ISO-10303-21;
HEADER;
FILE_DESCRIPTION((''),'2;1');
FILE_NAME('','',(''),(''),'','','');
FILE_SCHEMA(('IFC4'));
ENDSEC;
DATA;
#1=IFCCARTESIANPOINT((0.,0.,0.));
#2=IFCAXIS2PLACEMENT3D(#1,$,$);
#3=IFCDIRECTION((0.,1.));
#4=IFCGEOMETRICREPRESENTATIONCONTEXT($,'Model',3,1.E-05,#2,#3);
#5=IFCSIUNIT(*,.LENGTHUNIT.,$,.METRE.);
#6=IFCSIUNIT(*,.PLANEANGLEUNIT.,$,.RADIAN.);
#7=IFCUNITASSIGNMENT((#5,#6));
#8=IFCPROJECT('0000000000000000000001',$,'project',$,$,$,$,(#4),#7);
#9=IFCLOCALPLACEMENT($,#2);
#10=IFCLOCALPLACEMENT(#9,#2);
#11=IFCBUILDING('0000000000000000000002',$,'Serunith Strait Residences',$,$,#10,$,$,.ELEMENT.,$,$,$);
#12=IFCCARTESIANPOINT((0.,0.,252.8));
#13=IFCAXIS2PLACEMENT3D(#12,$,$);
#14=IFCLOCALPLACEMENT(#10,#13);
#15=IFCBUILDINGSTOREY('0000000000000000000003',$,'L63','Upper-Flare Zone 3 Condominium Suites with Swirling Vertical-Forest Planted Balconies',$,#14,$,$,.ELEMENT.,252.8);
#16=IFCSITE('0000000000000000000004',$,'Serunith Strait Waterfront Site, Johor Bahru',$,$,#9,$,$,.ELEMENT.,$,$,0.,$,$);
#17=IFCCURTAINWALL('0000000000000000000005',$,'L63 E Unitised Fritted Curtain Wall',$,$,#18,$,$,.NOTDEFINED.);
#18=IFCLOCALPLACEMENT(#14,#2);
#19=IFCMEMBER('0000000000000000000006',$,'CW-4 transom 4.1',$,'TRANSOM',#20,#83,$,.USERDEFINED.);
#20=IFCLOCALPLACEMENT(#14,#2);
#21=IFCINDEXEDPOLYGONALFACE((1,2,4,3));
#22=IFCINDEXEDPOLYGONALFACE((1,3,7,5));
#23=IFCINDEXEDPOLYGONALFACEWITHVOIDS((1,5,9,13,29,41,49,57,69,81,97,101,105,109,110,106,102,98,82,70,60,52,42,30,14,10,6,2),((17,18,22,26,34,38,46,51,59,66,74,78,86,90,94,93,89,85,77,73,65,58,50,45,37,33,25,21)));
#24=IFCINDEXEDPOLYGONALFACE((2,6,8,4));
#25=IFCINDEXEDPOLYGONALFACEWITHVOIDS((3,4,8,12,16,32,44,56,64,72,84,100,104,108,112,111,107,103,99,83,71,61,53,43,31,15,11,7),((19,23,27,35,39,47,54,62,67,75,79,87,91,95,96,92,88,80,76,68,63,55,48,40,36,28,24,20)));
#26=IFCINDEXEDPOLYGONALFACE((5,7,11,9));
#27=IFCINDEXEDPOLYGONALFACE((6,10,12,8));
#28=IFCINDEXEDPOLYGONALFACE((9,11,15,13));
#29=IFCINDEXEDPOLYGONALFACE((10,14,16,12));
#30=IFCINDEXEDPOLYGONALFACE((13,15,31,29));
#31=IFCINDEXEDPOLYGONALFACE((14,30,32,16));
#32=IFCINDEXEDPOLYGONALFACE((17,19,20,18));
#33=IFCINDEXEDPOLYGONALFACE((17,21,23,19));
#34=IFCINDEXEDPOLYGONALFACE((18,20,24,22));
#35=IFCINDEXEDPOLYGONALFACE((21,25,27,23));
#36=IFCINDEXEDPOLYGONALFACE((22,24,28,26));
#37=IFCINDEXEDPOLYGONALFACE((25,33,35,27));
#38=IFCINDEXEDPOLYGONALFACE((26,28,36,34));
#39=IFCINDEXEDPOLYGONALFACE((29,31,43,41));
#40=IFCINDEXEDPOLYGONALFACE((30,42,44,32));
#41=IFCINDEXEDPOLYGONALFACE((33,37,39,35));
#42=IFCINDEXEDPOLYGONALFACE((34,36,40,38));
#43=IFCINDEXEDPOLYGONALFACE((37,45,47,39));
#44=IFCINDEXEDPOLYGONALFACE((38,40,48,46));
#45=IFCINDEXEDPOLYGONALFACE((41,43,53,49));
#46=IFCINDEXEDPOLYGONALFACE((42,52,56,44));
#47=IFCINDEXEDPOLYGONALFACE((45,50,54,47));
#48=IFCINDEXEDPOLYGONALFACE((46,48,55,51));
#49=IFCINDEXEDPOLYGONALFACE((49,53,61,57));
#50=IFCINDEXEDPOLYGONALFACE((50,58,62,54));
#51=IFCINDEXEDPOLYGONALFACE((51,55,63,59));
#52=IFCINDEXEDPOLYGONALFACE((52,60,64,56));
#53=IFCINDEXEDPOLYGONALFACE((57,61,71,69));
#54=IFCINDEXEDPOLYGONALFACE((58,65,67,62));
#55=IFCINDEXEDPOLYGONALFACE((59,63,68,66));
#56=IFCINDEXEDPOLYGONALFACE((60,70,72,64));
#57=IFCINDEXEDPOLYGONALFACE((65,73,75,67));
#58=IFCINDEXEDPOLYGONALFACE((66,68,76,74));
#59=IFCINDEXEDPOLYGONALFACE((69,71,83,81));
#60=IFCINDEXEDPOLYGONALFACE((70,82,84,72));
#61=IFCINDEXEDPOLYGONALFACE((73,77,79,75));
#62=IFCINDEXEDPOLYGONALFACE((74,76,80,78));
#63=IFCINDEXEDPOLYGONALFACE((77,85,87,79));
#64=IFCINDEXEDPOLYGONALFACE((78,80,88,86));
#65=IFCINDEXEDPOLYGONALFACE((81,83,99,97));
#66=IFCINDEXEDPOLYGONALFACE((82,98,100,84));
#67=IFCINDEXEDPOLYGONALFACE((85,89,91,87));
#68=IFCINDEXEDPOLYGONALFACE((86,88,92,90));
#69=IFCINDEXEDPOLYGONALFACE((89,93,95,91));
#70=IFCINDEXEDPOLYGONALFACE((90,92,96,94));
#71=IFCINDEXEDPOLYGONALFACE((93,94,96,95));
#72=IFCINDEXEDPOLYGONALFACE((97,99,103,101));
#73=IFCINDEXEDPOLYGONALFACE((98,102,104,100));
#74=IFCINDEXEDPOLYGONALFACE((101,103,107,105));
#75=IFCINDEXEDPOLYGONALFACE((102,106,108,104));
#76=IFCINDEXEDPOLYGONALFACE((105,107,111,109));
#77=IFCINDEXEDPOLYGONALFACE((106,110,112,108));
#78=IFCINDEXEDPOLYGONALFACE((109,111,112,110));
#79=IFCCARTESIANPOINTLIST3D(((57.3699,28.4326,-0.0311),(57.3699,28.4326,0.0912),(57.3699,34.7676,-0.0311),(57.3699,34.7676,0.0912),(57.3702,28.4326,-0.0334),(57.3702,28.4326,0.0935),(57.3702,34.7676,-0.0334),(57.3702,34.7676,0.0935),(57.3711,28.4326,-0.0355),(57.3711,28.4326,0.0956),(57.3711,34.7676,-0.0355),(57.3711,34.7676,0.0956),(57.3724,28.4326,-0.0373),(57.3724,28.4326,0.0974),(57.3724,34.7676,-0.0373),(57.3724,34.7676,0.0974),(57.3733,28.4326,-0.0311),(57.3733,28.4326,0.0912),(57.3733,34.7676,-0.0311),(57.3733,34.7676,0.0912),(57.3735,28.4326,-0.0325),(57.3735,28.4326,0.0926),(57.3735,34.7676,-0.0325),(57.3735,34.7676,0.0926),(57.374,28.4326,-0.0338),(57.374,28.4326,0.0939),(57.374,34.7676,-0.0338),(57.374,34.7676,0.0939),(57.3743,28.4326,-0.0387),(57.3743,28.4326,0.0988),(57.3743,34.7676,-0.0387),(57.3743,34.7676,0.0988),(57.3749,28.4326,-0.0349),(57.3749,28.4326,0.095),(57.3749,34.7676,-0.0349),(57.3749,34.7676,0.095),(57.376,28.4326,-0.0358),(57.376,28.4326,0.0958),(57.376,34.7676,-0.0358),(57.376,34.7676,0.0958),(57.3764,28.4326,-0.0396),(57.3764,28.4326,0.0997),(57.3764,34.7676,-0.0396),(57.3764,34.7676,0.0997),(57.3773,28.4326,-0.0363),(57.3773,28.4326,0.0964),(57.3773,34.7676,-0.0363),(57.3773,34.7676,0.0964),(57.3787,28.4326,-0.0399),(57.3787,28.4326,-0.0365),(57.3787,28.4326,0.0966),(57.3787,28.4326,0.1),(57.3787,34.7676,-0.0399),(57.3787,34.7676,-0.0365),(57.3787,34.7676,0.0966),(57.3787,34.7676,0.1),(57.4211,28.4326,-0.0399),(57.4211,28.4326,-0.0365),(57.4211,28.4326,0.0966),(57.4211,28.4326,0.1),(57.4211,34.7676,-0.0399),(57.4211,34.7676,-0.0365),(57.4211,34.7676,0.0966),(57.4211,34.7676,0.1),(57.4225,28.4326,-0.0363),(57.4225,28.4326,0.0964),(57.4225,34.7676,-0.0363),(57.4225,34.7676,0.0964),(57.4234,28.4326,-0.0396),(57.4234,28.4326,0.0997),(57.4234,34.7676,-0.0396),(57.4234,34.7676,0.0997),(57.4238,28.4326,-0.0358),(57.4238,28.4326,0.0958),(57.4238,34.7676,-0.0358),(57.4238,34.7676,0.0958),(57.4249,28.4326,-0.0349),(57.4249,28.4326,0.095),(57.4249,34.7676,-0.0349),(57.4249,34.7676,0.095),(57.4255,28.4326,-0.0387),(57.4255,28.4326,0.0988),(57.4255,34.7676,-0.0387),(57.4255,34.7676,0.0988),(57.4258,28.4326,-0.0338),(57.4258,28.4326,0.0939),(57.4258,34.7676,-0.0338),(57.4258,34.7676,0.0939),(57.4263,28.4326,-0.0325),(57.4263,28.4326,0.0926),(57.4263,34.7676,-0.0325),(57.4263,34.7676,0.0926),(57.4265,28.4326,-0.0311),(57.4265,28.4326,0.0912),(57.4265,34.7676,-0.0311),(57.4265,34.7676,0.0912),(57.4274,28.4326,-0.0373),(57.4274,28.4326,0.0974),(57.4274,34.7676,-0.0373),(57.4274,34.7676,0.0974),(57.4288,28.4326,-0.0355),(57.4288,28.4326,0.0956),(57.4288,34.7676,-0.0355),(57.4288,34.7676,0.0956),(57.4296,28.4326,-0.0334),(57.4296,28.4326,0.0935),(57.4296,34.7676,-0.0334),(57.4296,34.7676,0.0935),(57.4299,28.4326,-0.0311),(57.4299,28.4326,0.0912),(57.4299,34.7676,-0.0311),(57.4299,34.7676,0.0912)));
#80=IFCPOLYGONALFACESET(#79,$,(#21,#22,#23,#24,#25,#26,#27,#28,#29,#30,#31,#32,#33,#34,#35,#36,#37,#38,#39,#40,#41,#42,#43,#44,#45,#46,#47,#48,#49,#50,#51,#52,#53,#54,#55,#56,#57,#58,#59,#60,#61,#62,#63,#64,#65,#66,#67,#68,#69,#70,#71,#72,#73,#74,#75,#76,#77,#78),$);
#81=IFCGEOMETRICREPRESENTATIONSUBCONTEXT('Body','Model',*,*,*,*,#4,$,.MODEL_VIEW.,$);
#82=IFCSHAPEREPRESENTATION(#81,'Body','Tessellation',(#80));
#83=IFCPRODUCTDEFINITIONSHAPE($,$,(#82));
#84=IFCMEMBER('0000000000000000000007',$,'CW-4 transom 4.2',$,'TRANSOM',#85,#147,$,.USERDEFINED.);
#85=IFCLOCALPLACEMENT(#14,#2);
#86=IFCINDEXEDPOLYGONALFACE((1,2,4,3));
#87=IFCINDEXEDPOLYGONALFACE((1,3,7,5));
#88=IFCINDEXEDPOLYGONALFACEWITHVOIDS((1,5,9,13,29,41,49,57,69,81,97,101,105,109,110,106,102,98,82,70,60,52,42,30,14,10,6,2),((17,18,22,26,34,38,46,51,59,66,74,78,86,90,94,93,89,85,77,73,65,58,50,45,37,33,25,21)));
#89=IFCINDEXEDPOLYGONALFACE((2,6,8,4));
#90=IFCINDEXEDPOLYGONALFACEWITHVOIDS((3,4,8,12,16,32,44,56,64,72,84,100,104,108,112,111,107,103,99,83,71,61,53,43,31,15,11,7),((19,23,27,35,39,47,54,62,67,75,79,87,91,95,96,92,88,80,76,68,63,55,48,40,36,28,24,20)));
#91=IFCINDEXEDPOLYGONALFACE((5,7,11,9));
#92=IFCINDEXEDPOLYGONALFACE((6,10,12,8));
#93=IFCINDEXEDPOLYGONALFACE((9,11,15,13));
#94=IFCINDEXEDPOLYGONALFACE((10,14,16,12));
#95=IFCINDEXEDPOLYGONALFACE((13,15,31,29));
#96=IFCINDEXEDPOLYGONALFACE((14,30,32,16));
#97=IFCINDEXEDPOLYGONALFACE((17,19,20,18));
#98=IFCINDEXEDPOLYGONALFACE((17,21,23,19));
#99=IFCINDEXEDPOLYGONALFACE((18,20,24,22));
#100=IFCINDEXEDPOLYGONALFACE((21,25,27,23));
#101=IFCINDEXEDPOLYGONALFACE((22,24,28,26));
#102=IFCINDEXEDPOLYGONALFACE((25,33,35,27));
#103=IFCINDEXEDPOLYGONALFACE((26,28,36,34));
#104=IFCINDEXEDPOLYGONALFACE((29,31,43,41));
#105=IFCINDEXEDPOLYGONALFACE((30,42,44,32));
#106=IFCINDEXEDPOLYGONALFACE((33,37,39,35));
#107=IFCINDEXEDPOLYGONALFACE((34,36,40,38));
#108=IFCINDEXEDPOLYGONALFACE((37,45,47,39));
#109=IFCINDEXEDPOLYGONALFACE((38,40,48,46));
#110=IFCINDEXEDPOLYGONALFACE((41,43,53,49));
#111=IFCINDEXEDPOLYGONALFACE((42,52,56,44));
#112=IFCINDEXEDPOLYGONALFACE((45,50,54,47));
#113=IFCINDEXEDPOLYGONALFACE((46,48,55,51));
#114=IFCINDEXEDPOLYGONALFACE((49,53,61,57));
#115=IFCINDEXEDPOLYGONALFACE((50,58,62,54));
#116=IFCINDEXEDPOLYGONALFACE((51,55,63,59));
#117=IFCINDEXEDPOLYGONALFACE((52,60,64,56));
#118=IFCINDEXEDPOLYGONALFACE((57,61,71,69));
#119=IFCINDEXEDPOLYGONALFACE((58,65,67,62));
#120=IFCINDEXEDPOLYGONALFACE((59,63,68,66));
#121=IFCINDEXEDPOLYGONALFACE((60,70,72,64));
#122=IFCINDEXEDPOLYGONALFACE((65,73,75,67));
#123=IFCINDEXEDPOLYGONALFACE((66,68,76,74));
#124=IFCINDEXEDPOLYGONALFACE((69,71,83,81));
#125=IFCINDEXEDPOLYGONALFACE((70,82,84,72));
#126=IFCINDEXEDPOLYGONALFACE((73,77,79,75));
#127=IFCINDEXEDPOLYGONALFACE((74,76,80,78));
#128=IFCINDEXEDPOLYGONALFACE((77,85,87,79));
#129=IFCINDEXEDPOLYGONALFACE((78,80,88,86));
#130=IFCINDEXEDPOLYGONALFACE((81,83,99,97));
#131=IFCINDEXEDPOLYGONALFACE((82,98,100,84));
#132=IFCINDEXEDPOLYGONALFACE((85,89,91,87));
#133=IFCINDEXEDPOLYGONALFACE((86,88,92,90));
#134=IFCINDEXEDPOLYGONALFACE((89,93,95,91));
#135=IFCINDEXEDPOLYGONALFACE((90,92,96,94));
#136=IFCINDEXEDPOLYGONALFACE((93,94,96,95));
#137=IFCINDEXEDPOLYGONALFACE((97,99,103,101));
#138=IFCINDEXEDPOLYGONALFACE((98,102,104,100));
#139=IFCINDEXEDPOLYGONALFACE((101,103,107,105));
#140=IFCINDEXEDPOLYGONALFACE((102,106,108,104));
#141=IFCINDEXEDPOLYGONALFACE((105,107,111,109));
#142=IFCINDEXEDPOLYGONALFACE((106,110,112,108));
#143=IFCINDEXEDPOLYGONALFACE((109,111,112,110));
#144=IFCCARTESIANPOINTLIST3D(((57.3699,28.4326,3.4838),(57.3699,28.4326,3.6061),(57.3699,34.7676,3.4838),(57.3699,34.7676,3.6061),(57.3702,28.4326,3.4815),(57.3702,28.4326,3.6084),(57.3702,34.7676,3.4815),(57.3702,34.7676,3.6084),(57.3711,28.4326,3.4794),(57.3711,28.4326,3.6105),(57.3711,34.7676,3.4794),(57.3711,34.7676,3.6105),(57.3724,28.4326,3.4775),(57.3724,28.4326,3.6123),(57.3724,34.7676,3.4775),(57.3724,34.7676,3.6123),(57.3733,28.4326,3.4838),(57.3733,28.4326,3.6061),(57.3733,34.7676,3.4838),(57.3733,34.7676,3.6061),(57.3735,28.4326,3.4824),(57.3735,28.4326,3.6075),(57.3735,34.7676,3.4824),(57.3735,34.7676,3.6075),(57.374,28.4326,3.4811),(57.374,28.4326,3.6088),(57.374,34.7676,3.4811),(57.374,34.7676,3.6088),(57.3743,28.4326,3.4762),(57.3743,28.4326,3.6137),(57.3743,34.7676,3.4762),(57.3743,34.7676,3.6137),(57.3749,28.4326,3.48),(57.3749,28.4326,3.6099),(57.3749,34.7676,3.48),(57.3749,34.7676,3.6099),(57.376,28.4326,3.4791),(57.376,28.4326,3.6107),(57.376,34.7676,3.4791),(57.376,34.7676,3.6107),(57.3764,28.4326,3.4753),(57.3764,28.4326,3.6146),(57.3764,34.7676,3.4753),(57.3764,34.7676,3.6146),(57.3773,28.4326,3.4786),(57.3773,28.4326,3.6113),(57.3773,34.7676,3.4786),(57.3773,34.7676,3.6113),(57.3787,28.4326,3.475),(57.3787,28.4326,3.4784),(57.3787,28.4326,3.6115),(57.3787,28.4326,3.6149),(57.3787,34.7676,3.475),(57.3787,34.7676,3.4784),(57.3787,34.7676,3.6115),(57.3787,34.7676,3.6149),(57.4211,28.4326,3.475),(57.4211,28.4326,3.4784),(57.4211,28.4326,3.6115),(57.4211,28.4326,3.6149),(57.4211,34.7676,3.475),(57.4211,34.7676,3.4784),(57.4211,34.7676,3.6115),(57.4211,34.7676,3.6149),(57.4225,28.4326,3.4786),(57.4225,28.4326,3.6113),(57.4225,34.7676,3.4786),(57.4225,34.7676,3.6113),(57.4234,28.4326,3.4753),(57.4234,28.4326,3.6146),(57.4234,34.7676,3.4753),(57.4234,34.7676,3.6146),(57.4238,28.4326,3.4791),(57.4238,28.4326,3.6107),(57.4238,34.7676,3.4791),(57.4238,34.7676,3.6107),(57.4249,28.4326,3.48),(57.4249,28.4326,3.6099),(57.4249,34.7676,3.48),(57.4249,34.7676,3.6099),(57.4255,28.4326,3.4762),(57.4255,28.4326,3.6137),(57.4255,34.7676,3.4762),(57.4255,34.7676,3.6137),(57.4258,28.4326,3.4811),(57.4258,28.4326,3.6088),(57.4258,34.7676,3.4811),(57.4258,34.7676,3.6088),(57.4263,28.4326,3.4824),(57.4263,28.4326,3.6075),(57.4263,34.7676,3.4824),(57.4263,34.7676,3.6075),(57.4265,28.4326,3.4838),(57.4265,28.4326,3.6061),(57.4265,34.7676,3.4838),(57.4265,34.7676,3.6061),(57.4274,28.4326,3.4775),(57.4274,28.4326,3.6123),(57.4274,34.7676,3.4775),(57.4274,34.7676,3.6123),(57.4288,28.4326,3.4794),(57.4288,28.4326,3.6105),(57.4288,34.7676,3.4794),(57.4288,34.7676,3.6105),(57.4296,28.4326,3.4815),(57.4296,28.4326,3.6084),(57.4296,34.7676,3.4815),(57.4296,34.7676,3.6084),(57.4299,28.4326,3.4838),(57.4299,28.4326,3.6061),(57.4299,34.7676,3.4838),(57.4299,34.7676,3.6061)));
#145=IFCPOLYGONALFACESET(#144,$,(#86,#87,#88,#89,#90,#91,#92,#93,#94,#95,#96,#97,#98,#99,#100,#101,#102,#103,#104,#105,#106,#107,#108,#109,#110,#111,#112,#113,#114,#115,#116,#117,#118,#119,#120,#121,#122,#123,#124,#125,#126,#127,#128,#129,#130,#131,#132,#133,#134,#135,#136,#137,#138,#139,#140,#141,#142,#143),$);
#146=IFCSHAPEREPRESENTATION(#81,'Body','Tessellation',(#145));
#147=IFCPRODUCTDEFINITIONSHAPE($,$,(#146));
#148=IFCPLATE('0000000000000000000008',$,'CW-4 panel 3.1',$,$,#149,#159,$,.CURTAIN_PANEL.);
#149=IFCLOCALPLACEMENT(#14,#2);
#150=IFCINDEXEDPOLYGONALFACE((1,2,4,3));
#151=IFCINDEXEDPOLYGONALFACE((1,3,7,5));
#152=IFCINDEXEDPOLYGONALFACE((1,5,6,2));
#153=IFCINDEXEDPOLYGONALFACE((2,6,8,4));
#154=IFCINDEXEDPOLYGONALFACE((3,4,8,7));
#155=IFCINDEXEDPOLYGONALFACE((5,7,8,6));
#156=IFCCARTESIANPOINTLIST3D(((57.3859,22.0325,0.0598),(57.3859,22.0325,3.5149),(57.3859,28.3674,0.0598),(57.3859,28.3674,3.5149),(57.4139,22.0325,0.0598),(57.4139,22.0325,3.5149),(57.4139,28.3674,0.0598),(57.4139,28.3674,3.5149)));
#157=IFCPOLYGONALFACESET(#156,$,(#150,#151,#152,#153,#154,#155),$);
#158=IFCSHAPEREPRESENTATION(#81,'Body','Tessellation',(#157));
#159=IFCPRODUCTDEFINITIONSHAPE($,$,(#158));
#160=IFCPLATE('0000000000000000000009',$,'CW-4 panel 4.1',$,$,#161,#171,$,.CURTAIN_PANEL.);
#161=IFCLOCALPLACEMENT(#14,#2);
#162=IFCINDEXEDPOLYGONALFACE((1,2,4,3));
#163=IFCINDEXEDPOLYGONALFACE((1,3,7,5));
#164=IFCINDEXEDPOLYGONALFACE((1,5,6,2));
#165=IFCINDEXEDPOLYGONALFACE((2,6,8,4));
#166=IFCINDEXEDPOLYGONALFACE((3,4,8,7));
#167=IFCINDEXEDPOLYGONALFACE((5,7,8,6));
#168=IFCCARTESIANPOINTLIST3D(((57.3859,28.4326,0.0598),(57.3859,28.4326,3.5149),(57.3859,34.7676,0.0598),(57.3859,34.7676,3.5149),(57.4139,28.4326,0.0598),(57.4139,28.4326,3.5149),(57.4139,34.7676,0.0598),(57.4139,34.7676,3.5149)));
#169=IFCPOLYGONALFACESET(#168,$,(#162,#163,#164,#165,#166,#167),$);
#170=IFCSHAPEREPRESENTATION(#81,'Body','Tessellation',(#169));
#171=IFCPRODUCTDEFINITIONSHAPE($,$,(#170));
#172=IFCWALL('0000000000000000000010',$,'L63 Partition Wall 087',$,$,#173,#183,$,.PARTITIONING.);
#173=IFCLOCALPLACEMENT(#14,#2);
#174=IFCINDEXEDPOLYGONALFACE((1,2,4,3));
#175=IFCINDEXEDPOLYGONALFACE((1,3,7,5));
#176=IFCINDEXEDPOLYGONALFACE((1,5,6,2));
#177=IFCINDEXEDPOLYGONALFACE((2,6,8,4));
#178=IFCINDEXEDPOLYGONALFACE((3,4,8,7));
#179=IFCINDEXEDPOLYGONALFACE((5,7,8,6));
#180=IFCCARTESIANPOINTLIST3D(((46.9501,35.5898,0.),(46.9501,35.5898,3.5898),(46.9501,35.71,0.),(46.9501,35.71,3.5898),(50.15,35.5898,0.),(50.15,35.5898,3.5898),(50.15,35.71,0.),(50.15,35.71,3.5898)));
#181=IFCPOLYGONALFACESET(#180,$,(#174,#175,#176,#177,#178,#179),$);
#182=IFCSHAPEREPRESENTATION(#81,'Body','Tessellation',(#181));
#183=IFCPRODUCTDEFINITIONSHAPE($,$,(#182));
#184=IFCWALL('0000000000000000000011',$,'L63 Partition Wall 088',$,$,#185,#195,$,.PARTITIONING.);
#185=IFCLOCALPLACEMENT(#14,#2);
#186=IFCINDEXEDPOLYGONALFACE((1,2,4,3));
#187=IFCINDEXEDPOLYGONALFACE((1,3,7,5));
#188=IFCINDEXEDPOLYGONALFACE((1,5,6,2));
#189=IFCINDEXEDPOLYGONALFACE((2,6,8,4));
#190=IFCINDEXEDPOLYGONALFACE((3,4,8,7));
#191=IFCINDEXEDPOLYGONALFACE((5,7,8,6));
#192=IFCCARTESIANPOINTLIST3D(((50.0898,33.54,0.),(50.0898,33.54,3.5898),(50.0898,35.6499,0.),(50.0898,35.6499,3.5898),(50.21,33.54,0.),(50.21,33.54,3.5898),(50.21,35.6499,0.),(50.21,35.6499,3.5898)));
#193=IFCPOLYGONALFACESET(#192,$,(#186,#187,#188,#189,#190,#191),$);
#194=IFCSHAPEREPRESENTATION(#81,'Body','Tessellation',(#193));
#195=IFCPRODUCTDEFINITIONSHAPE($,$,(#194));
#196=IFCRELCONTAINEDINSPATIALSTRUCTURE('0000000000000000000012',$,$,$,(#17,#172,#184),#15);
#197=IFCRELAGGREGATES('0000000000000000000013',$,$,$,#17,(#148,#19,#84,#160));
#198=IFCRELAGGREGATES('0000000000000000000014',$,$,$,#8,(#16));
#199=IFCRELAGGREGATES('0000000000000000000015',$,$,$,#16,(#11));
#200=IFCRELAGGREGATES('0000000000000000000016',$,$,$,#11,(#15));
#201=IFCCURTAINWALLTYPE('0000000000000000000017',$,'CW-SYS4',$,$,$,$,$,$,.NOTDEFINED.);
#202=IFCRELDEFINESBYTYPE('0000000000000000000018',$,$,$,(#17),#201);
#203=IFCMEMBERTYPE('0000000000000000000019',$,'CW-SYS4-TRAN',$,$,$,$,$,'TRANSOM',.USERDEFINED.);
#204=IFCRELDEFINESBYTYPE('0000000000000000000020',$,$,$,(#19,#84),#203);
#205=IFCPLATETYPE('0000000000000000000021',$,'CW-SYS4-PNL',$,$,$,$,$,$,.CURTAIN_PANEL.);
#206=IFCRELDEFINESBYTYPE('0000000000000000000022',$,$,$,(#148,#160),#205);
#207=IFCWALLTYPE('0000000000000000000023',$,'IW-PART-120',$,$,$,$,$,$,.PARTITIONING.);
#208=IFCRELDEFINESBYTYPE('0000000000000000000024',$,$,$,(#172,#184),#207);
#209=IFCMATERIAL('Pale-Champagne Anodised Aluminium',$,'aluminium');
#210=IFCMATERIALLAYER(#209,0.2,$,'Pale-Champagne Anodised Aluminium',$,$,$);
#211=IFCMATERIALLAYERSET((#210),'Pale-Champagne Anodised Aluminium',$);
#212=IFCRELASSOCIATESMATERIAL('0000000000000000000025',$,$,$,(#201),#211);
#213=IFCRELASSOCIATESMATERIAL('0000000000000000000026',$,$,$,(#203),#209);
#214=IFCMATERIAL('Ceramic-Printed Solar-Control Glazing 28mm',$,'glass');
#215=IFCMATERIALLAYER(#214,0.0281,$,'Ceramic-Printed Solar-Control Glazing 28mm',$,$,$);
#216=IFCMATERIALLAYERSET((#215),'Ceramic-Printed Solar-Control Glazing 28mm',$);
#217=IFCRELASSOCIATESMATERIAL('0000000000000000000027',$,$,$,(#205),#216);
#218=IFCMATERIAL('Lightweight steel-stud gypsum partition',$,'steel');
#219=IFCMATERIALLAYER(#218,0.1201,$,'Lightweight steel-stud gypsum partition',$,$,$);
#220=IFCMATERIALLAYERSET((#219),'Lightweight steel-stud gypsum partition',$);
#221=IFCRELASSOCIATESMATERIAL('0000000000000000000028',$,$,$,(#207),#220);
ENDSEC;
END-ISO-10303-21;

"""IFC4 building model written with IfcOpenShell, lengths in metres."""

from ifc_helpers import new_model, si_unit, direction, frame, frame_2d, origin, origin_2d, place, context, subcontext, project, spatial, rectangle, hollow_rectangle, extrude, source, transform, mapped, material, layer, layer_set, material_profile, profile_set, type_object, element, aggregate, save


model = new_model("IFC4")

# Units and contexts
model_context = context("Model", 3, precision=1e-05, world=origin(), true_north=direction((0.0, 1.0)))
body_context = subcontext(model_context, "Body", "Model", "MODEL_VIEW")
ifc_project = project(units=[si_unit("LENGTHUNIT", "METRE"), si_unit("PLANEANGLEUNIT", "RADIAN")], contexts=[model_context])

# Site, building, storey
site_placement = place(None, origin())
site = spatial("IfcSite", under=ifc_project, at=site_placement, Name="Serunith Strait Waterfront Site, Johor Bahru", CompositionType="ELEMENT", RefElevation=0.0)
building_placement = place(site_placement, origin())
building = spatial("IfcBuilding", under=site, at=building_placement, Name="Serunith Strait Residences", CompositionType="ELEMENT")
storey_placement = place(building_placement, frame((0.0, 0.0, 252.8)))
storey = spatial("IfcBuildingStorey", under=building, at=storey_placement, Name="L63", Description="Upper-Flare Zone 3 Condominium Suites with Swirling Vertical-Forest Planted Balconies", CompositionType="ELEMENT", Elevation=252.8)

# Curtain wall, members, plates
ifc_material_1 = material(Name="Pale-Champagne Anodised Aluminium", Category="aluminium")
ifc_layer_1 = layer(ifc_material_1, 0.2, Name="Pale-Champagne Anodised Aluminium")
ifc_layer_set_1 = layer_set([ifc_layer_1], Name="Pale-Champagne Anodised Aluminium")
curtain_wall_type = type_object("IfcCurtainWallType", Name="CW-SYS4", PredefinedType="NOTDEFINED", material=ifc_layer_set_1)
curtain_wall_placement = place(storey_placement, origin())
curtain_wall = element("IfcCurtainWall", 1, at=curtain_wall_placement, inside=storey, type_object=curtain_wall_type, Name="L63 E Unitised Fritted Curtain Wall", PredefinedType="NOTDEFINED")
ifc_material_profile_1 = material_profile(ifc_material_1, hollow_rectangle(XDim=0.0601, YDim=0.1399, WallThickness=0.0034, InnerFilletRadius=0.0054, OuterFilletRadius=0.0088, at=origin_2d()), Name="ALU 140x60x3.5")
ifc_profile_set_1 = profile_set([ifc_material_profile_1], Name="Pale-Champagne Anodised Aluminium")
member_type_1 = type_object("IfcMemberType", Name="CW-SYS4-TRAN", ElementType="TRANSOM", PredefinedType="USERDEFINED", material=ifc_profile_set_1)
shared_shape_1 = source(origin(), body_context, "Body", "SweptSolid", [
    extrude(hollow_rectangle(XDim=0.0601, YDim=0.1399, WallThickness=0.0034, InnerFilletRadius=0.0054, OuterFilletRadius=0.0088, at=origin_2d()), origin(), (0.0, 0.0, 1.0), 6.335),
])
member_1_placement = place(storey_placement, frame((57.3999, 28.4326, 0.03), z_axis=(0.0, 1.0, 0.0), x_axis=(-1.0, 0.0, 0.0)))
member_1 = element("IfcMember", 2, at=member_1_placement, type_object=member_type_1, Name="CW-4 transom 4.1", ObjectType="TRANSOM", PredefinedType="USERDEFINED", context=body_context, shape_type="MappedRepresentation", body=[
    mapped(shared_shape_1, transform((0.0, 0.0, 0.0), scale=1.0)),
])
member_2_placement = place(storey_placement, frame((57.3999, 28.4326, 3.5449), z_axis=(0.0, 1.0, 0.0), x_axis=(-1.0, 0.0, 0.0)))
member_2 = element("IfcMember", 3, at=member_2_placement, type_object=member_type_1, Name="CW-4 transom 4.2", ObjectType="TRANSOM", PredefinedType="USERDEFINED", context=body_context, shape_type="MappedRepresentation", body=[
    mapped(shared_shape_1, transform((0.0, 0.0, 0.0), scale=1.0)),
])
ifc_material_2 = material(Name="Ceramic-Printed Solar-Control Glazing 28mm", Category="glass")
ifc_layer_2 = layer(ifc_material_2, 0.0281, Name="Ceramic-Printed Solar-Control Glazing 28mm")
ifc_layer_set_2 = layer_set([ifc_layer_2], Name="Ceramic-Printed Solar-Control Glazing 28mm")
plate_type = type_object("IfcPlateType", Name="CW-SYS4-PNL", PredefinedType="CURTAIN_PANEL", material=ifc_layer_set_2)
shared_shape_2 = source(origin(), body_context, "Body", "SweptSolid", [
    extrude(rectangle(XDim=6.335, YDim=0.0281, at=origin_2d()), origin(), (0.0, 0.0, 1.0), 3.4551),
])
plate_1_placement = place(storey_placement, frame((57.3999, 25.2, 0.0598), z_axis=(0.0, 0.0, 1.0), x_axis=(0.0, 1.0, 0.0)))
plate_1 = element("IfcPlate", 4, at=plate_1_placement, type_object=plate_type, Name="CW-4 panel 3.1", PredefinedType="CURTAIN_PANEL", context=body_context, shape_type="MappedRepresentation", body=[
    mapped(shared_shape_2, transform((0.0, 0.0, 0.0), scale=1.0)),
])
plate_2_placement = place(storey_placement, frame((57.3999, 31.6001, 0.0598), z_axis=(0.0, 0.0, 1.0), x_axis=(0.0, 1.0, 0.0)))
plate_2 = element("IfcPlate", 5, at=plate_2_placement, type_object=plate_type, Name="CW-4 panel 4.1", PredefinedType="CURTAIN_PANEL", context=body_context, shape_type="MappedRepresentation", body=[
    mapped(shared_shape_2, transform((0.0, 0.0, 0.0), scale=1.0)),
])
aggregate(curtain_wall, [plate_1, member_1, member_2, plate_2])

# Walls
ifc_material_3 = material(Name="Lightweight steel-stud gypsum partition", Category="steel")
ifc_layer_3 = layer(ifc_material_3, 0.1201, Name="Lightweight steel-stud gypsum partition")
ifc_layer_set_3 = layer_set([ifc_layer_3], Name="Lightweight steel-stud gypsum partition")
wall_type_1 = type_object("IfcWallType", Name="IW-PART-120", PredefinedType="PARTITIONING", material=ifc_layer_set_3)
wall_1_placement = place(storey_placement, frame((46.95, 35.6499, 0.0), z_axis=(0.0, 0.0, 1.0), x_axis=(1.0, 0.0, 0.0)))
element("IfcWall", 6, at=wall_1_placement, inside=storey, type_object=wall_type_1, Name="L63 Partition Wall 087", PredefinedType="PARTITIONING", context=body_context, shape_type="SweptSolid", body=[
    extrude(rectangle(XDim=3.2, YDim=0.1201, at=frame_2d((1.6001, 0.0))), origin(), (0.0, 0.0, 1.0), 3.5898),
])
wall_2_placement = place(storey_placement, frame((50.1499, 35.6499, 0.0), z_axis=(0.0, 0.0, 1.0), x_axis=(0.0, -1.0, 0.0)))
element("IfcWall", 7, at=wall_2_placement, inside=storey, type_object=wall_type_1, Name="L63 Partition Wall 088", PredefinedType="PARTITIONING", context=body_context, shape_type="SweptSolid", body=[
    extrude(rectangle(XDim=2.1099, YDim=0.1201, at=frame_2d((1.0549, 0.0))), origin(), (0.0, 0.0, 1.0), 3.5898),
])

save(model, "model.ifc")
